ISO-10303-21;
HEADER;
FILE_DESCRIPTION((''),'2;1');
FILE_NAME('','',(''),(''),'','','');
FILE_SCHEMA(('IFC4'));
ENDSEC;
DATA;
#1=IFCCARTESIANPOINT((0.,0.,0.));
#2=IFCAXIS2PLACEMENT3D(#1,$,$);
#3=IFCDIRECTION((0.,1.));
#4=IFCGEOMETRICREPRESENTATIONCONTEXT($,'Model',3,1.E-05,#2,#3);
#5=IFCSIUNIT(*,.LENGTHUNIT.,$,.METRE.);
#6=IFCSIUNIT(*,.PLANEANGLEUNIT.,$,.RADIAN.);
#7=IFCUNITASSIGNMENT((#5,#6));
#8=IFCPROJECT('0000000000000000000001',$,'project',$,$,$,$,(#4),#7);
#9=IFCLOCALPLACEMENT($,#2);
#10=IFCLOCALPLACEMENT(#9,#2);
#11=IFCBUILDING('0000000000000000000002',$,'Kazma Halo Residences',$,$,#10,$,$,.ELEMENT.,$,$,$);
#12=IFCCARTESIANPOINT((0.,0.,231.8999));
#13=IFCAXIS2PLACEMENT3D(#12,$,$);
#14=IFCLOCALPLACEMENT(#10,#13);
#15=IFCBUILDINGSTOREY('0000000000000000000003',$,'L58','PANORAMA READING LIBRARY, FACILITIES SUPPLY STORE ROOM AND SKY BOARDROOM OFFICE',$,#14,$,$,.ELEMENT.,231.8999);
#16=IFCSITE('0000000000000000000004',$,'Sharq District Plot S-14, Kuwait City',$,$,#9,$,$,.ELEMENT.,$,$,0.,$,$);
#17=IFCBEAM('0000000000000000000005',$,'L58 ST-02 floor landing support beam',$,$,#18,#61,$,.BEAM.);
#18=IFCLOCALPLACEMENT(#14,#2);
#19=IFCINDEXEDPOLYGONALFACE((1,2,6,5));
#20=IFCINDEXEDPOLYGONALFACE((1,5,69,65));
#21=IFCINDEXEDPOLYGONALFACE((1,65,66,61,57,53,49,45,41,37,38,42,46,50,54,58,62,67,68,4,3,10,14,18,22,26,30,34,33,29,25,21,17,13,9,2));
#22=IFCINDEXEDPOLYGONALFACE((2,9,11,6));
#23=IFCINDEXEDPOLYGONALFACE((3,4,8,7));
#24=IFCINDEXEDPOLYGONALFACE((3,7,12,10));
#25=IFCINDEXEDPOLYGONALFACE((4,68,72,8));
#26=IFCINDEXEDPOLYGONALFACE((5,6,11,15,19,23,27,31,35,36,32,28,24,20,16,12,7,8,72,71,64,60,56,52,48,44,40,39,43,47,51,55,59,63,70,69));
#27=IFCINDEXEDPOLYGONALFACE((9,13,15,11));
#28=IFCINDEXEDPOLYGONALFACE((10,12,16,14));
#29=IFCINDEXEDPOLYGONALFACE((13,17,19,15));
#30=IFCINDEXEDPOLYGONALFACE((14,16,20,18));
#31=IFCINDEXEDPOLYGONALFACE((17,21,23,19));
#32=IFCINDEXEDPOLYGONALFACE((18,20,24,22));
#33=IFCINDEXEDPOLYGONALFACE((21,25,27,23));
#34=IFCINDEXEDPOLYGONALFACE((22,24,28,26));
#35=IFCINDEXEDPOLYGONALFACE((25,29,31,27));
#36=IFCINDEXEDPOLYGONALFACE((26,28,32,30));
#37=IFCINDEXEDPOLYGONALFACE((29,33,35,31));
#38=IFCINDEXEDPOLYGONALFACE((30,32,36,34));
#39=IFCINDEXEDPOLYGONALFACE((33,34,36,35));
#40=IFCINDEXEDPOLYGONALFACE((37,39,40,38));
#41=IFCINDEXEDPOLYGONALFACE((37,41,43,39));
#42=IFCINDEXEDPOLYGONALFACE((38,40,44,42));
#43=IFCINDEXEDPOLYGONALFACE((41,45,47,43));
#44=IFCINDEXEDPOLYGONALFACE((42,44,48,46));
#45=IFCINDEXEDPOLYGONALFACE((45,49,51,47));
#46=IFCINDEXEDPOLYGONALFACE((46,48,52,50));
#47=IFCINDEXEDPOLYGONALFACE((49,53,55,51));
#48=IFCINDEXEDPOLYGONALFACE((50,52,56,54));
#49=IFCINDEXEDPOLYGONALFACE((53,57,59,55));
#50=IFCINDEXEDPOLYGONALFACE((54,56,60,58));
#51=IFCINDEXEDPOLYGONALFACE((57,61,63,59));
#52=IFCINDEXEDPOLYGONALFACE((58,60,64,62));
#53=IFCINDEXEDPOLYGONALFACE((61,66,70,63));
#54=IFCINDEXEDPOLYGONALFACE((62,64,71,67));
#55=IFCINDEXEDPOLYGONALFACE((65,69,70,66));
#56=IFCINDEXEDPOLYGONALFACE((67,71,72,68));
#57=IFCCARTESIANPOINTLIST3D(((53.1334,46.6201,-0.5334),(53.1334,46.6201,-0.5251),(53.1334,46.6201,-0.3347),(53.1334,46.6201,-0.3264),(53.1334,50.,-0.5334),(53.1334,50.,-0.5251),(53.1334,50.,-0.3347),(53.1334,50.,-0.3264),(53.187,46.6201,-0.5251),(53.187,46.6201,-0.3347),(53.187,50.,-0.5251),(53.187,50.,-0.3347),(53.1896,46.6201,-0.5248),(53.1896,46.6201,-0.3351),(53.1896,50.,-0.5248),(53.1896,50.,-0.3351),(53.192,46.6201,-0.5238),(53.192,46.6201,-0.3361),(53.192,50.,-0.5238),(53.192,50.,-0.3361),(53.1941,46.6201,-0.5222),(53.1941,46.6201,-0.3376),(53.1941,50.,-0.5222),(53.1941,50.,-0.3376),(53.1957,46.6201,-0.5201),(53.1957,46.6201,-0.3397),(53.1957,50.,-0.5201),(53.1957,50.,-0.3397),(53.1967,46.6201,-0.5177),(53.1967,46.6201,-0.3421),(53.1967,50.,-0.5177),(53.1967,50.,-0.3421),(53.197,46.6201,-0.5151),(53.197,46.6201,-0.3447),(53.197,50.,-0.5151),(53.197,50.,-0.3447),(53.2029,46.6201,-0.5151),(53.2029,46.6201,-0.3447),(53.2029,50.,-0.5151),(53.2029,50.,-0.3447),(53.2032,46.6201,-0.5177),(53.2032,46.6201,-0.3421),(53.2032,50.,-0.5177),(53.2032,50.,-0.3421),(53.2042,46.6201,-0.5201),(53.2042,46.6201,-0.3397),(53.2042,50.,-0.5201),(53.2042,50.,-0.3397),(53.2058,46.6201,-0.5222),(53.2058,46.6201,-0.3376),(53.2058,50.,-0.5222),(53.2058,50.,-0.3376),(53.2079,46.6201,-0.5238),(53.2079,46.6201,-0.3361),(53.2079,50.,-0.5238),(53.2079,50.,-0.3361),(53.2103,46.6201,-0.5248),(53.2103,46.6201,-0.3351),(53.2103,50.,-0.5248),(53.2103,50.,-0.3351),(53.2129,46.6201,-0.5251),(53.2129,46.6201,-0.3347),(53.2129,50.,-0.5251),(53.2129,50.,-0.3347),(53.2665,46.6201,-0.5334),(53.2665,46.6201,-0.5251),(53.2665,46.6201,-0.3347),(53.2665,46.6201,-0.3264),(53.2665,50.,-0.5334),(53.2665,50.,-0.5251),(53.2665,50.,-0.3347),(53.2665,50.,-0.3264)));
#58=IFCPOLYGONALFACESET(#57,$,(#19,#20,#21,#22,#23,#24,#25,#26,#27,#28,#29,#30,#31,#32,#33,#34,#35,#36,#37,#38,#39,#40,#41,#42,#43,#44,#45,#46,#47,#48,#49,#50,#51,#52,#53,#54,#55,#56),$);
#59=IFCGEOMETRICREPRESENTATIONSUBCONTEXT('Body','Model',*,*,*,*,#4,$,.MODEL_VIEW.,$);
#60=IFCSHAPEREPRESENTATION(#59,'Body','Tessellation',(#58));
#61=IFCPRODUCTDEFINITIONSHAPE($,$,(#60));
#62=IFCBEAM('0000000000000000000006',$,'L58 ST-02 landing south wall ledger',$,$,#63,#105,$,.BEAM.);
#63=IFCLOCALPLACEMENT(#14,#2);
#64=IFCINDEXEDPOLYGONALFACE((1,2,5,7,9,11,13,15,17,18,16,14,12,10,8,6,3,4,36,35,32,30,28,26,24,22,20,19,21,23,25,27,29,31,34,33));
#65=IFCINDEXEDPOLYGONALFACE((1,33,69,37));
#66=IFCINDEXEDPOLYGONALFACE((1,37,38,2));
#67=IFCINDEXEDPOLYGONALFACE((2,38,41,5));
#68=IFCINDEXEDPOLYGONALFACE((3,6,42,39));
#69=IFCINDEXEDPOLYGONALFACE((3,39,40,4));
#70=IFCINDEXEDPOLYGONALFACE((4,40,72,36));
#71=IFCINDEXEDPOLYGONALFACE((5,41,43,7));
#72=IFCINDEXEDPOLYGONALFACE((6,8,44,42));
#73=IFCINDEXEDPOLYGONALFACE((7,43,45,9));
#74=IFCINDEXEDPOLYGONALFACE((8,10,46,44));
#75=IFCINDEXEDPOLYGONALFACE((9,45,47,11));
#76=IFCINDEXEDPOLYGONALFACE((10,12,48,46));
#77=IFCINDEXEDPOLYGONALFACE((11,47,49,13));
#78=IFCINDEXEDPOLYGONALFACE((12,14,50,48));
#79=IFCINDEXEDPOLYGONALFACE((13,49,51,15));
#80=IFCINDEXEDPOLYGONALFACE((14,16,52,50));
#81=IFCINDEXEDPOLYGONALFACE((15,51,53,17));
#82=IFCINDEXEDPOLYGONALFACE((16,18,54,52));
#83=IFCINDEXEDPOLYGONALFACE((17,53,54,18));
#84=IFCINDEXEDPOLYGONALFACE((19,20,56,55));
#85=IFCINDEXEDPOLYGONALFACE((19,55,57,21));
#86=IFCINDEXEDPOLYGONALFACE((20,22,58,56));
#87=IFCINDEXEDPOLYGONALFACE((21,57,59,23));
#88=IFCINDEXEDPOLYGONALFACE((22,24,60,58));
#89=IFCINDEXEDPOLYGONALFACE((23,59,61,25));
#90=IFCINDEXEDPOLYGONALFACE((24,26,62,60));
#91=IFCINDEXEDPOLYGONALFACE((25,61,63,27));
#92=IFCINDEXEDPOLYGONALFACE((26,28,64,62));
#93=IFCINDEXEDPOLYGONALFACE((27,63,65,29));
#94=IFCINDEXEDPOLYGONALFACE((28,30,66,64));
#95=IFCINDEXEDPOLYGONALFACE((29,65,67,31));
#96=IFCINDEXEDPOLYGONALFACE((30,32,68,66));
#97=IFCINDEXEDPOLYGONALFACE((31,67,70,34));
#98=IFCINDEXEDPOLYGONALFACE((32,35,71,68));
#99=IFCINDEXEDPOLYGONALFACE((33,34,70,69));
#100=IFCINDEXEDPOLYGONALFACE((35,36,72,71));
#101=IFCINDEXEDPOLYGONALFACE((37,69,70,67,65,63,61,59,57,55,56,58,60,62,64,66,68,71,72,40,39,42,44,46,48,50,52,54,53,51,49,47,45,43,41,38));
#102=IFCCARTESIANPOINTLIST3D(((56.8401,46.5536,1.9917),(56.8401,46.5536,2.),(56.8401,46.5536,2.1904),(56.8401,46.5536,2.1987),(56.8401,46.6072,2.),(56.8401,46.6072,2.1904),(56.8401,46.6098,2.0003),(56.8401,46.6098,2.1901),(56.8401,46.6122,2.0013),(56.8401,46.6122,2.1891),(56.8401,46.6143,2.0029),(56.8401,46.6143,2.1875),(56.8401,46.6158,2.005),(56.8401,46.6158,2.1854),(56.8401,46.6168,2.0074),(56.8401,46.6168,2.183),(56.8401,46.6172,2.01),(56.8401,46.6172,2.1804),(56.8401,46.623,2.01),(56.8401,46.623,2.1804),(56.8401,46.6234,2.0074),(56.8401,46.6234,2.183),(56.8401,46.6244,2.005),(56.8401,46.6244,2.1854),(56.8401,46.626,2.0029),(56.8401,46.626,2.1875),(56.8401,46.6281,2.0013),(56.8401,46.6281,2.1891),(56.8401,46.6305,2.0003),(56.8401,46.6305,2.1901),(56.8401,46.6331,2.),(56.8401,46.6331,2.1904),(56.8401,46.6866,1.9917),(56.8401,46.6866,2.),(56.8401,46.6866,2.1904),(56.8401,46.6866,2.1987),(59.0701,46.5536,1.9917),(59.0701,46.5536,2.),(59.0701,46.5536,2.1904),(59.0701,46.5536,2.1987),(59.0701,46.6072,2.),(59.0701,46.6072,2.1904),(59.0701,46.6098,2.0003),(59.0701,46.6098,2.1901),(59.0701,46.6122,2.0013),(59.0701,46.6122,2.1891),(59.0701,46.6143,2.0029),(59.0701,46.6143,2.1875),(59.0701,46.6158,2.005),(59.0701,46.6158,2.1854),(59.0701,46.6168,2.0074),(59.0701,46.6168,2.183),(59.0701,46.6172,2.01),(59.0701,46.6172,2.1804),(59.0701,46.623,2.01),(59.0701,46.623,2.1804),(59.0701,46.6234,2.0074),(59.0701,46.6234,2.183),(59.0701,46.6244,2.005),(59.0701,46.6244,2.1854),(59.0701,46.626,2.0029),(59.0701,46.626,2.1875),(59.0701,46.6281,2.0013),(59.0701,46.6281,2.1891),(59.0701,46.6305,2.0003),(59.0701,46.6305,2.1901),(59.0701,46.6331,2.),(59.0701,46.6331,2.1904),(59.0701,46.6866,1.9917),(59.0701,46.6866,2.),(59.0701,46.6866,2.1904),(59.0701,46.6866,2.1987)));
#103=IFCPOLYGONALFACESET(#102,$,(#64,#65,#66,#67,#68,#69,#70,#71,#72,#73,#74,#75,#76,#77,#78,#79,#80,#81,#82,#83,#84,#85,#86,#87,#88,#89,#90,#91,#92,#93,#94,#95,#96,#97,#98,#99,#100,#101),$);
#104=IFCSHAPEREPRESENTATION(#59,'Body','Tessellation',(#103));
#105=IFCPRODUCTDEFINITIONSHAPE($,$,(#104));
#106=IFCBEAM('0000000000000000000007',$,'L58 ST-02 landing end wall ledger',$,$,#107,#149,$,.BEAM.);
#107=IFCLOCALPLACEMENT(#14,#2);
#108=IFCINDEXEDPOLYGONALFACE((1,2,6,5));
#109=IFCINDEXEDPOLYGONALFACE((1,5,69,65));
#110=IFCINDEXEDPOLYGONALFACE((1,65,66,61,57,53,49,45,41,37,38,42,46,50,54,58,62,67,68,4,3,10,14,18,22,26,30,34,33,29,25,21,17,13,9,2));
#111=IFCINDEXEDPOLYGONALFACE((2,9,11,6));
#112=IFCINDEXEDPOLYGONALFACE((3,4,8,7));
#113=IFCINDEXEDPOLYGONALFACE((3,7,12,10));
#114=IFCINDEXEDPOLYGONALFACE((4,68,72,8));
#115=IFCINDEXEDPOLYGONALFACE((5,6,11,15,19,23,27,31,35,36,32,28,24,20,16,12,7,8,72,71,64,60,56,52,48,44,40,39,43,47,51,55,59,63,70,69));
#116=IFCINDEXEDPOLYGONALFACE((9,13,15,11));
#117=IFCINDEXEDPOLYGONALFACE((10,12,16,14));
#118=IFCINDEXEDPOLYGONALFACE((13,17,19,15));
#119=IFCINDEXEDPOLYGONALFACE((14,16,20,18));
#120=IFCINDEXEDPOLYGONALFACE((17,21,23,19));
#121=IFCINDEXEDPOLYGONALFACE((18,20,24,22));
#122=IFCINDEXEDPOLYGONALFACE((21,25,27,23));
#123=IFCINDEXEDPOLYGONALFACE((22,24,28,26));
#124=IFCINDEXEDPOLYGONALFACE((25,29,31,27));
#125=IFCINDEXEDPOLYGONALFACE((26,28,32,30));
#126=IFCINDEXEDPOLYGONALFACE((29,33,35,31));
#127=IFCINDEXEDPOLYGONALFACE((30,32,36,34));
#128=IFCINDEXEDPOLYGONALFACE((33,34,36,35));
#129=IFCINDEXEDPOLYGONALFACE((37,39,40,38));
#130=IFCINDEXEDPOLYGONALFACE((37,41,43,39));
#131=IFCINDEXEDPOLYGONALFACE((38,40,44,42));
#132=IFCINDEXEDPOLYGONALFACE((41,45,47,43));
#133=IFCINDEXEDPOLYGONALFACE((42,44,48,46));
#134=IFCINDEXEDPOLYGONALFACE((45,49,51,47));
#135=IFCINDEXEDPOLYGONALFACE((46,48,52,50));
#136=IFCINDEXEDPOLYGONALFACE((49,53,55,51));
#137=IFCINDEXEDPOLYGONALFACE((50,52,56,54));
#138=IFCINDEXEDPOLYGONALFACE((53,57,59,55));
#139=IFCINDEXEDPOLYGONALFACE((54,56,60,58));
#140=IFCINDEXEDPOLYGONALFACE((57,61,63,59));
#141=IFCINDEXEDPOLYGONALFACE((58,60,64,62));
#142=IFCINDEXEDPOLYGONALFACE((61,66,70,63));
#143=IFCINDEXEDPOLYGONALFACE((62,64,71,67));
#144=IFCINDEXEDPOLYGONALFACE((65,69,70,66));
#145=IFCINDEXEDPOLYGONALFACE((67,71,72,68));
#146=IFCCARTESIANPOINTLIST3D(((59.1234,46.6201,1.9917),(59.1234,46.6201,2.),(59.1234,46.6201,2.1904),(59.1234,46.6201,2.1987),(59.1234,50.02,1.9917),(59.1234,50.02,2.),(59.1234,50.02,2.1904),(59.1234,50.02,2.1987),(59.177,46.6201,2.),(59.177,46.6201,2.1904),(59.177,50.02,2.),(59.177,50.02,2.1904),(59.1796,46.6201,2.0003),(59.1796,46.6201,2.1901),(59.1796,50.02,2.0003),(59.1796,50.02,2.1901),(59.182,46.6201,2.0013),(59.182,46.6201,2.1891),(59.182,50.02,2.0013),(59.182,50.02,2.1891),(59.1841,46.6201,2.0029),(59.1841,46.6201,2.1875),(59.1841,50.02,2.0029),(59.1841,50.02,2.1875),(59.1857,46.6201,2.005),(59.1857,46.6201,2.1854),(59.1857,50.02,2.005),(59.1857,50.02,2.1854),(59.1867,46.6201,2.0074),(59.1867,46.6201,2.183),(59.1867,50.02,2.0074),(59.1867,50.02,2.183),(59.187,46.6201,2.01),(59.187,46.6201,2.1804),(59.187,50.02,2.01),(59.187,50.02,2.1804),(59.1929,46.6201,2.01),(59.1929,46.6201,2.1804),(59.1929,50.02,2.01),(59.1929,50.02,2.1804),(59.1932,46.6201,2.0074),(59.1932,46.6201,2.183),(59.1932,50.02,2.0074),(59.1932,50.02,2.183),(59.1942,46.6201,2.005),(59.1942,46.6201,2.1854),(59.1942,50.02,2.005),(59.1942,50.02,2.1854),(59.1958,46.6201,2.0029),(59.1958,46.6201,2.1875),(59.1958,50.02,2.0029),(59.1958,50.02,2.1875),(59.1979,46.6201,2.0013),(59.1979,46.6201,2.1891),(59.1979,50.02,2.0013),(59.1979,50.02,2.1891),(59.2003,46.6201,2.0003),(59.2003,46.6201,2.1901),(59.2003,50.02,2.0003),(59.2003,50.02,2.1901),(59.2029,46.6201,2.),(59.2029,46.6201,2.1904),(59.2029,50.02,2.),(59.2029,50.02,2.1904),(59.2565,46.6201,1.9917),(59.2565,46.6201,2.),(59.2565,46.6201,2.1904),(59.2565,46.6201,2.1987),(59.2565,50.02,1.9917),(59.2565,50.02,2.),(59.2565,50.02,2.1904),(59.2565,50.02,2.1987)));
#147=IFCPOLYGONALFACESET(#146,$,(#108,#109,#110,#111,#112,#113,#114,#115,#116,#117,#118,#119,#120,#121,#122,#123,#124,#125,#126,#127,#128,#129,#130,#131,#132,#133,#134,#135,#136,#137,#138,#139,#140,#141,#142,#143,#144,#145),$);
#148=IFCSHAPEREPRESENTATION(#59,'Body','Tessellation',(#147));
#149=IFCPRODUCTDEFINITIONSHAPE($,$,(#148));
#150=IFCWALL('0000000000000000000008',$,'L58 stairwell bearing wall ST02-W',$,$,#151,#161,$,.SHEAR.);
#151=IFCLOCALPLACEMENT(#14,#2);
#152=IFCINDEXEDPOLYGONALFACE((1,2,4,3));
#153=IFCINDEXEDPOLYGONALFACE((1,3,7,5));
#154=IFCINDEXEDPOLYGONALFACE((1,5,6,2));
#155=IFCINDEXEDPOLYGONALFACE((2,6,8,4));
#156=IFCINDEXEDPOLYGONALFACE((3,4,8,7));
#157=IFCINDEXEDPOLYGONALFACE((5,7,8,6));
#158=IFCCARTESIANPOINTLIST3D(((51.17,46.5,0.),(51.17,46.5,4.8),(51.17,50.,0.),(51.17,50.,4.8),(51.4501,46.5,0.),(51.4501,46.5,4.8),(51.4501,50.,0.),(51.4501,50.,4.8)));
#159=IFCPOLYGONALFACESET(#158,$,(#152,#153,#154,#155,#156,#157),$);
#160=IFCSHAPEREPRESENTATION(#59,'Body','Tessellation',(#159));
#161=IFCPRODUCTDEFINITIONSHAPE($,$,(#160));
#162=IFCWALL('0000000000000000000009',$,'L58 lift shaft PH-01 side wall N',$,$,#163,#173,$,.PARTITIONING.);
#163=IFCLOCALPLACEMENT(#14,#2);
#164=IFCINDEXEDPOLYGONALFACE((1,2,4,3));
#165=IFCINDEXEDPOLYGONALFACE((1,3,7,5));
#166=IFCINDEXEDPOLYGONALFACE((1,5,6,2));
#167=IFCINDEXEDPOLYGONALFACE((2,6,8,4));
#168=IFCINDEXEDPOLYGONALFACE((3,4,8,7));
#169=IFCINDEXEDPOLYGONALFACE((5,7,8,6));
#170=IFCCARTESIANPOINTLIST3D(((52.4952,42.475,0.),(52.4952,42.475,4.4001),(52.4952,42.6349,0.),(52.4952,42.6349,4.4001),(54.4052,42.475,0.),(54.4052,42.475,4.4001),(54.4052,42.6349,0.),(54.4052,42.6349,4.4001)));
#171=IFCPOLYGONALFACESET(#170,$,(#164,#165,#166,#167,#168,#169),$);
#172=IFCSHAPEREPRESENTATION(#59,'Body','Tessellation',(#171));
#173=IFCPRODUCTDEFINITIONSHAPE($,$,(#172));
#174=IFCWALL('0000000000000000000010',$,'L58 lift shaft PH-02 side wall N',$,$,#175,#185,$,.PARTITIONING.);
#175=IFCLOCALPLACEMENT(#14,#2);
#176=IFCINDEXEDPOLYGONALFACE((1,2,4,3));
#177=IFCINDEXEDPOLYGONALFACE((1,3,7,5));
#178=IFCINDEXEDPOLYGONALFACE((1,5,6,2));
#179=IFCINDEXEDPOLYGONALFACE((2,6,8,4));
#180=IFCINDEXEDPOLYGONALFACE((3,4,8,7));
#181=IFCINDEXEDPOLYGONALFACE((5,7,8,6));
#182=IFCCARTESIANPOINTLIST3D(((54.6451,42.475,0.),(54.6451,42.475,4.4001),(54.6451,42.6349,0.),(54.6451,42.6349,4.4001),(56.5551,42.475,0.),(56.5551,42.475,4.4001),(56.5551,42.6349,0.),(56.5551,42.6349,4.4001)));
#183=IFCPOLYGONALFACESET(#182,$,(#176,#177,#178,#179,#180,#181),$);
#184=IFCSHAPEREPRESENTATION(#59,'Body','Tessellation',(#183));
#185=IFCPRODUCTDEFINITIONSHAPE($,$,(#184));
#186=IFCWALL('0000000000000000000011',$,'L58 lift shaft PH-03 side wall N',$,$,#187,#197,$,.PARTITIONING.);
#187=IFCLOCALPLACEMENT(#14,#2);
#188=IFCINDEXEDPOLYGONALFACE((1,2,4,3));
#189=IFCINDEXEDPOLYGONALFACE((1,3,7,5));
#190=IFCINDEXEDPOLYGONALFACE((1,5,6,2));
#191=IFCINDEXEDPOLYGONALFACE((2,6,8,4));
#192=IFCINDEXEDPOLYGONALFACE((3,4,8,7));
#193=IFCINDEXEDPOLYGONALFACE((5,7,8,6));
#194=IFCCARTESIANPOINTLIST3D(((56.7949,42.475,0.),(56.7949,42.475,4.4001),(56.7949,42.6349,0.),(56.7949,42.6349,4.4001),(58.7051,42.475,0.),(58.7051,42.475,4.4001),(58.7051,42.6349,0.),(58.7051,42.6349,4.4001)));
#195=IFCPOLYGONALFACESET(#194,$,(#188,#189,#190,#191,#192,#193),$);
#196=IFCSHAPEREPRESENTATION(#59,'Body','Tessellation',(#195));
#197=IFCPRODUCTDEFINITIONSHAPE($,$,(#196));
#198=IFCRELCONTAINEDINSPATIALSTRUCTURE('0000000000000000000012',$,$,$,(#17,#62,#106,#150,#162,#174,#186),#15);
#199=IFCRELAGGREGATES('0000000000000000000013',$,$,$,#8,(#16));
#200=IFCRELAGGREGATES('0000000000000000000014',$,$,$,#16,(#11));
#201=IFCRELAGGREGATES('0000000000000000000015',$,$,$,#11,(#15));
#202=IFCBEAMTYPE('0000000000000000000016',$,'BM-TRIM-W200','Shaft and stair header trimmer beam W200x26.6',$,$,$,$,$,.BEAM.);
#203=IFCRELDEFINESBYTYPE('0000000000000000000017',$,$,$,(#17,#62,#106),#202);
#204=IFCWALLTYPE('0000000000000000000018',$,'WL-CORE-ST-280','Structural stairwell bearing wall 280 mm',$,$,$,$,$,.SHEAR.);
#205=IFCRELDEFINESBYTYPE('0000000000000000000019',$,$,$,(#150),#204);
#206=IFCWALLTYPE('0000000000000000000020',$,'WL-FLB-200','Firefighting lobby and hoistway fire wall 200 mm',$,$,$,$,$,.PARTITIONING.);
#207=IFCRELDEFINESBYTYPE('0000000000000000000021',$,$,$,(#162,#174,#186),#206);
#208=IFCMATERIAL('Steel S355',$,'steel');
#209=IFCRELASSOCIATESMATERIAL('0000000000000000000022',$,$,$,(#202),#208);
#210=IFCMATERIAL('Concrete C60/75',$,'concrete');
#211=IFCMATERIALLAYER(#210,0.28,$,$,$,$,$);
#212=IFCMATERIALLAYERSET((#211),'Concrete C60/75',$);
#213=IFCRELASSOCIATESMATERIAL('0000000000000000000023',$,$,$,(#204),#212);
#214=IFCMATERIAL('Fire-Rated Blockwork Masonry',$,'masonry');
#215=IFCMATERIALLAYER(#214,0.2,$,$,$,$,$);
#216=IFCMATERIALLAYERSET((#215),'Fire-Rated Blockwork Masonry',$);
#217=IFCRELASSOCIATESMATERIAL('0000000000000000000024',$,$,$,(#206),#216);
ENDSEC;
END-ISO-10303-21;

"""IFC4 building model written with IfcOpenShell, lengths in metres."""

from ifc_helpers import new_model, si_unit, direction, frame, frame_2d, origin, origin_2d, place, context, subcontext, project, spatial, rectangle, i_section, extrude, material, layer, layer_set, material_profile, profile_set, type_object, element, save


model = new_model("IFC4")

# Units and contexts
model_context = context("Model", 3, precision=1e-05, world=origin(), true_north=direction((0.0, 1.0)))
body_context = subcontext(model_context, "Body", "Model", "MODEL_VIEW")
ifc_project = project(units=[si_unit("LENGTHUNIT", "METRE"), si_unit("PLANEANGLEUNIT", "RADIAN")], contexts=[model_context])

# Site, building, storey
site_placement = place(None, origin())
site = spatial("IfcSite", under=ifc_project, at=site_placement, Name="Sharq District Plot S-14, Kuwait City", CompositionType="ELEMENT", RefElevation=0.0)
building_placement = place(site_placement, origin())
building = spatial("IfcBuilding", under=site, at=building_placement, Name="Kazma Halo Residences", CompositionType="ELEMENT")
storey_placement = place(building_placement, frame((0.0, 0.0, 231.8999)))
storey = spatial("IfcBuildingStorey", under=building, at=storey_placement, Name="L58", Description="PANORAMA READING LIBRARY, FACILITIES SUPPLY STORE ROOM AND SKY BOARDROOM OFFICE", CompositionType="ELEMENT", Elevation=231.8999)

# Shared definitions
ifc_material_1 = material(Name="Steel S355", Category="steel")

# Beams
ifc_material_profile_1 = material_profile(ifc_material_1, i_section(OverallWidth=0.1331, OverallDepth=0.207, WebThickness=0.0059, FlangeThickness=0.0083, FilletRadius=0.01, at=origin_2d()), Name="W200x26.6")
ifc_profile_set_1 = profile_set([ifc_material_profile_1], Name="Steel S355")
beam_type_1 = type_object("IfcBeamType", Name="BM-TRIM-W200", Description="Shaft and stair header trimmer beam W200x26.6", PredefinedType="BEAM", material=ifc_profile_set_1)
beam_1_placement = place(storey_placement, frame((53.2, 46.6201, -0.4299), z_axis=(0.0, 1.0, 0.0), x_axis=(-1.0, 0.0, 0.0)))
element("IfcBeam", 1, at=beam_1_placement, inside=storey, type_object=beam_type_1, Name="L58 ST-02 floor landing support beam", PredefinedType="BEAM", context=body_context, shape_type="SweptSolid", body=[
    extrude(i_section(OverallWidth=0.1331, OverallDepth=0.207, WebThickness=0.0059, FlangeThickness=0.0083, FilletRadius=0.01, at=origin_2d()), origin(), (0.0, 0.0, 1.0), 3.3799),
])
beam_2_placement = place(storey_placement, frame((56.8401, 46.6201, 2.0952), z_axis=(1.0, 0.0, 0.0), x_axis=(0.0, 1.0, 0.0)))
element("IfcBeam", 2, at=beam_2_placement, inside=storey, type_object=beam_type_1, Name="L58 ST-02 landing south wall ledger", PredefinedType="BEAM", context=body_context, shape_type="SweptSolid", body=[
    extrude(i_section(OverallWidth=0.1331, OverallDepth=0.207, WebThickness=0.0059, FlangeThickness=0.0083, FilletRadius=0.01, at=origin_2d()), origin(), (0.0, 0.0, 1.0), 2.23),
])
beam_3_placement = place(storey_placement, frame((59.1899, 46.6201, 2.0952), z_axis=(0.0, 1.0, 0.0), x_axis=(-1.0, 0.0, 0.0)))
element("IfcBeam", 3, at=beam_3_placement, inside=storey, type_object=beam_type_1, Name="L58 ST-02 landing end wall ledger", PredefinedType="BEAM", context=body_context, shape_type="SweptSolid", body=[
    extrude(i_section(OverallWidth=0.1331, OverallDepth=0.207, WebThickness=0.0059, FlangeThickness=0.0083, FilletRadius=0.01, at=origin_2d()), origin(), (0.0, 0.0, 1.0), 3.3999),
])

# Walls
ifc_material_2 = material(Name="Concrete C60/75", Category="concrete")
ifc_layer_1 = layer(ifc_material_2, 0.28)
ifc_layer_set_1 = layer_set([ifc_layer_1], Name="Concrete C60/75")
wall_type_1 = type_object("IfcWallType", Name="WL-CORE-ST-280", Description="Structural stairwell bearing wall 280 mm", PredefinedType="SHEAR", material=ifc_layer_set_1)
wall_1_placement = place(storey_placement, frame((51.3101, 46.5, 0.0), z_axis=(0.0, 0.0, 1.0), x_axis=(0.0, 1.0, 0.0)))
element("IfcWall", 4, at=wall_1_placement, inside=storey, type_object=wall_type_1, Name="L58 stairwell bearing wall ST02-W", PredefinedType="SHEAR", context=body_context, shape_type="SweptSolid", body=[
    extrude(rectangle(XDim=3.5, YDim=0.28, at=frame_2d((1.75, 0.0))), origin(), (0.0, 0.0, 1.0), 4.8),
])
ifc_material_3 = material(Name="Fire-Rated Blockwork Masonry", Category="masonry")
ifc_layer_2 = layer(ifc_material_3, 0.2)
ifc_layer_set_2 = layer_set([ifc_layer_2], Name="Fire-Rated Blockwork Masonry")
wall_type_2 = type_object("IfcWallType", Name="WL-FLB-200", Description="Firefighting lobby and hoistway fire wall 200 mm", PredefinedType="PARTITIONING", material=ifc_layer_set_2)
for number, where, z_axis, x_axis, name in (
    (5, (52.4951, 42.5549, 0.0), (0.0, 0.0, 1.0), (1.0, 0.0, 0.0), "L58 lift shaft PH-01 side wall N"),
    (6, (54.645, 42.5549, 0.0), (0.0, 0.0, 1.0), (1.0, 0.0, 0.0), "L58 lift shaft PH-02 side wall N"),
):
    element("IfcWall", number, at=place(storey_placement, frame(where, z_axis=z_axis, x_axis=x_axis)), inside=storey, type_object=wall_type_2, Name=name, PredefinedType="PARTITIONING", context=body_context, shape_type="SweptSolid", body=[
        extrude(rectangle(XDim=1.9099, YDim=0.1599, at=frame_2d((0.9551, 0.0))), origin(), (0.0, 0.0, 1.0), 4.4001),
    ])
wall_2_placement = place(storey_placement, frame((56.7949, 42.5549, 0.0), z_axis=(0.0, 0.0, 1.0), x_axis=(1.0, 0.0, 0.0)))
element("IfcWall", 7, at=wall_2_placement, inside=storey, type_object=wall_type_2, Name="L58 lift shaft PH-03 side wall N", PredefinedType="PARTITIONING", context=body_context, shape_type="SweptSolid", body=[
    extrude(rectangle(XDim=1.9102, YDim=0.1599, at=frame_2d((0.9551, 0.0))), origin(), (0.0, 0.0, 1.0), 4.4001),
])

save(model, "model.ifc")
